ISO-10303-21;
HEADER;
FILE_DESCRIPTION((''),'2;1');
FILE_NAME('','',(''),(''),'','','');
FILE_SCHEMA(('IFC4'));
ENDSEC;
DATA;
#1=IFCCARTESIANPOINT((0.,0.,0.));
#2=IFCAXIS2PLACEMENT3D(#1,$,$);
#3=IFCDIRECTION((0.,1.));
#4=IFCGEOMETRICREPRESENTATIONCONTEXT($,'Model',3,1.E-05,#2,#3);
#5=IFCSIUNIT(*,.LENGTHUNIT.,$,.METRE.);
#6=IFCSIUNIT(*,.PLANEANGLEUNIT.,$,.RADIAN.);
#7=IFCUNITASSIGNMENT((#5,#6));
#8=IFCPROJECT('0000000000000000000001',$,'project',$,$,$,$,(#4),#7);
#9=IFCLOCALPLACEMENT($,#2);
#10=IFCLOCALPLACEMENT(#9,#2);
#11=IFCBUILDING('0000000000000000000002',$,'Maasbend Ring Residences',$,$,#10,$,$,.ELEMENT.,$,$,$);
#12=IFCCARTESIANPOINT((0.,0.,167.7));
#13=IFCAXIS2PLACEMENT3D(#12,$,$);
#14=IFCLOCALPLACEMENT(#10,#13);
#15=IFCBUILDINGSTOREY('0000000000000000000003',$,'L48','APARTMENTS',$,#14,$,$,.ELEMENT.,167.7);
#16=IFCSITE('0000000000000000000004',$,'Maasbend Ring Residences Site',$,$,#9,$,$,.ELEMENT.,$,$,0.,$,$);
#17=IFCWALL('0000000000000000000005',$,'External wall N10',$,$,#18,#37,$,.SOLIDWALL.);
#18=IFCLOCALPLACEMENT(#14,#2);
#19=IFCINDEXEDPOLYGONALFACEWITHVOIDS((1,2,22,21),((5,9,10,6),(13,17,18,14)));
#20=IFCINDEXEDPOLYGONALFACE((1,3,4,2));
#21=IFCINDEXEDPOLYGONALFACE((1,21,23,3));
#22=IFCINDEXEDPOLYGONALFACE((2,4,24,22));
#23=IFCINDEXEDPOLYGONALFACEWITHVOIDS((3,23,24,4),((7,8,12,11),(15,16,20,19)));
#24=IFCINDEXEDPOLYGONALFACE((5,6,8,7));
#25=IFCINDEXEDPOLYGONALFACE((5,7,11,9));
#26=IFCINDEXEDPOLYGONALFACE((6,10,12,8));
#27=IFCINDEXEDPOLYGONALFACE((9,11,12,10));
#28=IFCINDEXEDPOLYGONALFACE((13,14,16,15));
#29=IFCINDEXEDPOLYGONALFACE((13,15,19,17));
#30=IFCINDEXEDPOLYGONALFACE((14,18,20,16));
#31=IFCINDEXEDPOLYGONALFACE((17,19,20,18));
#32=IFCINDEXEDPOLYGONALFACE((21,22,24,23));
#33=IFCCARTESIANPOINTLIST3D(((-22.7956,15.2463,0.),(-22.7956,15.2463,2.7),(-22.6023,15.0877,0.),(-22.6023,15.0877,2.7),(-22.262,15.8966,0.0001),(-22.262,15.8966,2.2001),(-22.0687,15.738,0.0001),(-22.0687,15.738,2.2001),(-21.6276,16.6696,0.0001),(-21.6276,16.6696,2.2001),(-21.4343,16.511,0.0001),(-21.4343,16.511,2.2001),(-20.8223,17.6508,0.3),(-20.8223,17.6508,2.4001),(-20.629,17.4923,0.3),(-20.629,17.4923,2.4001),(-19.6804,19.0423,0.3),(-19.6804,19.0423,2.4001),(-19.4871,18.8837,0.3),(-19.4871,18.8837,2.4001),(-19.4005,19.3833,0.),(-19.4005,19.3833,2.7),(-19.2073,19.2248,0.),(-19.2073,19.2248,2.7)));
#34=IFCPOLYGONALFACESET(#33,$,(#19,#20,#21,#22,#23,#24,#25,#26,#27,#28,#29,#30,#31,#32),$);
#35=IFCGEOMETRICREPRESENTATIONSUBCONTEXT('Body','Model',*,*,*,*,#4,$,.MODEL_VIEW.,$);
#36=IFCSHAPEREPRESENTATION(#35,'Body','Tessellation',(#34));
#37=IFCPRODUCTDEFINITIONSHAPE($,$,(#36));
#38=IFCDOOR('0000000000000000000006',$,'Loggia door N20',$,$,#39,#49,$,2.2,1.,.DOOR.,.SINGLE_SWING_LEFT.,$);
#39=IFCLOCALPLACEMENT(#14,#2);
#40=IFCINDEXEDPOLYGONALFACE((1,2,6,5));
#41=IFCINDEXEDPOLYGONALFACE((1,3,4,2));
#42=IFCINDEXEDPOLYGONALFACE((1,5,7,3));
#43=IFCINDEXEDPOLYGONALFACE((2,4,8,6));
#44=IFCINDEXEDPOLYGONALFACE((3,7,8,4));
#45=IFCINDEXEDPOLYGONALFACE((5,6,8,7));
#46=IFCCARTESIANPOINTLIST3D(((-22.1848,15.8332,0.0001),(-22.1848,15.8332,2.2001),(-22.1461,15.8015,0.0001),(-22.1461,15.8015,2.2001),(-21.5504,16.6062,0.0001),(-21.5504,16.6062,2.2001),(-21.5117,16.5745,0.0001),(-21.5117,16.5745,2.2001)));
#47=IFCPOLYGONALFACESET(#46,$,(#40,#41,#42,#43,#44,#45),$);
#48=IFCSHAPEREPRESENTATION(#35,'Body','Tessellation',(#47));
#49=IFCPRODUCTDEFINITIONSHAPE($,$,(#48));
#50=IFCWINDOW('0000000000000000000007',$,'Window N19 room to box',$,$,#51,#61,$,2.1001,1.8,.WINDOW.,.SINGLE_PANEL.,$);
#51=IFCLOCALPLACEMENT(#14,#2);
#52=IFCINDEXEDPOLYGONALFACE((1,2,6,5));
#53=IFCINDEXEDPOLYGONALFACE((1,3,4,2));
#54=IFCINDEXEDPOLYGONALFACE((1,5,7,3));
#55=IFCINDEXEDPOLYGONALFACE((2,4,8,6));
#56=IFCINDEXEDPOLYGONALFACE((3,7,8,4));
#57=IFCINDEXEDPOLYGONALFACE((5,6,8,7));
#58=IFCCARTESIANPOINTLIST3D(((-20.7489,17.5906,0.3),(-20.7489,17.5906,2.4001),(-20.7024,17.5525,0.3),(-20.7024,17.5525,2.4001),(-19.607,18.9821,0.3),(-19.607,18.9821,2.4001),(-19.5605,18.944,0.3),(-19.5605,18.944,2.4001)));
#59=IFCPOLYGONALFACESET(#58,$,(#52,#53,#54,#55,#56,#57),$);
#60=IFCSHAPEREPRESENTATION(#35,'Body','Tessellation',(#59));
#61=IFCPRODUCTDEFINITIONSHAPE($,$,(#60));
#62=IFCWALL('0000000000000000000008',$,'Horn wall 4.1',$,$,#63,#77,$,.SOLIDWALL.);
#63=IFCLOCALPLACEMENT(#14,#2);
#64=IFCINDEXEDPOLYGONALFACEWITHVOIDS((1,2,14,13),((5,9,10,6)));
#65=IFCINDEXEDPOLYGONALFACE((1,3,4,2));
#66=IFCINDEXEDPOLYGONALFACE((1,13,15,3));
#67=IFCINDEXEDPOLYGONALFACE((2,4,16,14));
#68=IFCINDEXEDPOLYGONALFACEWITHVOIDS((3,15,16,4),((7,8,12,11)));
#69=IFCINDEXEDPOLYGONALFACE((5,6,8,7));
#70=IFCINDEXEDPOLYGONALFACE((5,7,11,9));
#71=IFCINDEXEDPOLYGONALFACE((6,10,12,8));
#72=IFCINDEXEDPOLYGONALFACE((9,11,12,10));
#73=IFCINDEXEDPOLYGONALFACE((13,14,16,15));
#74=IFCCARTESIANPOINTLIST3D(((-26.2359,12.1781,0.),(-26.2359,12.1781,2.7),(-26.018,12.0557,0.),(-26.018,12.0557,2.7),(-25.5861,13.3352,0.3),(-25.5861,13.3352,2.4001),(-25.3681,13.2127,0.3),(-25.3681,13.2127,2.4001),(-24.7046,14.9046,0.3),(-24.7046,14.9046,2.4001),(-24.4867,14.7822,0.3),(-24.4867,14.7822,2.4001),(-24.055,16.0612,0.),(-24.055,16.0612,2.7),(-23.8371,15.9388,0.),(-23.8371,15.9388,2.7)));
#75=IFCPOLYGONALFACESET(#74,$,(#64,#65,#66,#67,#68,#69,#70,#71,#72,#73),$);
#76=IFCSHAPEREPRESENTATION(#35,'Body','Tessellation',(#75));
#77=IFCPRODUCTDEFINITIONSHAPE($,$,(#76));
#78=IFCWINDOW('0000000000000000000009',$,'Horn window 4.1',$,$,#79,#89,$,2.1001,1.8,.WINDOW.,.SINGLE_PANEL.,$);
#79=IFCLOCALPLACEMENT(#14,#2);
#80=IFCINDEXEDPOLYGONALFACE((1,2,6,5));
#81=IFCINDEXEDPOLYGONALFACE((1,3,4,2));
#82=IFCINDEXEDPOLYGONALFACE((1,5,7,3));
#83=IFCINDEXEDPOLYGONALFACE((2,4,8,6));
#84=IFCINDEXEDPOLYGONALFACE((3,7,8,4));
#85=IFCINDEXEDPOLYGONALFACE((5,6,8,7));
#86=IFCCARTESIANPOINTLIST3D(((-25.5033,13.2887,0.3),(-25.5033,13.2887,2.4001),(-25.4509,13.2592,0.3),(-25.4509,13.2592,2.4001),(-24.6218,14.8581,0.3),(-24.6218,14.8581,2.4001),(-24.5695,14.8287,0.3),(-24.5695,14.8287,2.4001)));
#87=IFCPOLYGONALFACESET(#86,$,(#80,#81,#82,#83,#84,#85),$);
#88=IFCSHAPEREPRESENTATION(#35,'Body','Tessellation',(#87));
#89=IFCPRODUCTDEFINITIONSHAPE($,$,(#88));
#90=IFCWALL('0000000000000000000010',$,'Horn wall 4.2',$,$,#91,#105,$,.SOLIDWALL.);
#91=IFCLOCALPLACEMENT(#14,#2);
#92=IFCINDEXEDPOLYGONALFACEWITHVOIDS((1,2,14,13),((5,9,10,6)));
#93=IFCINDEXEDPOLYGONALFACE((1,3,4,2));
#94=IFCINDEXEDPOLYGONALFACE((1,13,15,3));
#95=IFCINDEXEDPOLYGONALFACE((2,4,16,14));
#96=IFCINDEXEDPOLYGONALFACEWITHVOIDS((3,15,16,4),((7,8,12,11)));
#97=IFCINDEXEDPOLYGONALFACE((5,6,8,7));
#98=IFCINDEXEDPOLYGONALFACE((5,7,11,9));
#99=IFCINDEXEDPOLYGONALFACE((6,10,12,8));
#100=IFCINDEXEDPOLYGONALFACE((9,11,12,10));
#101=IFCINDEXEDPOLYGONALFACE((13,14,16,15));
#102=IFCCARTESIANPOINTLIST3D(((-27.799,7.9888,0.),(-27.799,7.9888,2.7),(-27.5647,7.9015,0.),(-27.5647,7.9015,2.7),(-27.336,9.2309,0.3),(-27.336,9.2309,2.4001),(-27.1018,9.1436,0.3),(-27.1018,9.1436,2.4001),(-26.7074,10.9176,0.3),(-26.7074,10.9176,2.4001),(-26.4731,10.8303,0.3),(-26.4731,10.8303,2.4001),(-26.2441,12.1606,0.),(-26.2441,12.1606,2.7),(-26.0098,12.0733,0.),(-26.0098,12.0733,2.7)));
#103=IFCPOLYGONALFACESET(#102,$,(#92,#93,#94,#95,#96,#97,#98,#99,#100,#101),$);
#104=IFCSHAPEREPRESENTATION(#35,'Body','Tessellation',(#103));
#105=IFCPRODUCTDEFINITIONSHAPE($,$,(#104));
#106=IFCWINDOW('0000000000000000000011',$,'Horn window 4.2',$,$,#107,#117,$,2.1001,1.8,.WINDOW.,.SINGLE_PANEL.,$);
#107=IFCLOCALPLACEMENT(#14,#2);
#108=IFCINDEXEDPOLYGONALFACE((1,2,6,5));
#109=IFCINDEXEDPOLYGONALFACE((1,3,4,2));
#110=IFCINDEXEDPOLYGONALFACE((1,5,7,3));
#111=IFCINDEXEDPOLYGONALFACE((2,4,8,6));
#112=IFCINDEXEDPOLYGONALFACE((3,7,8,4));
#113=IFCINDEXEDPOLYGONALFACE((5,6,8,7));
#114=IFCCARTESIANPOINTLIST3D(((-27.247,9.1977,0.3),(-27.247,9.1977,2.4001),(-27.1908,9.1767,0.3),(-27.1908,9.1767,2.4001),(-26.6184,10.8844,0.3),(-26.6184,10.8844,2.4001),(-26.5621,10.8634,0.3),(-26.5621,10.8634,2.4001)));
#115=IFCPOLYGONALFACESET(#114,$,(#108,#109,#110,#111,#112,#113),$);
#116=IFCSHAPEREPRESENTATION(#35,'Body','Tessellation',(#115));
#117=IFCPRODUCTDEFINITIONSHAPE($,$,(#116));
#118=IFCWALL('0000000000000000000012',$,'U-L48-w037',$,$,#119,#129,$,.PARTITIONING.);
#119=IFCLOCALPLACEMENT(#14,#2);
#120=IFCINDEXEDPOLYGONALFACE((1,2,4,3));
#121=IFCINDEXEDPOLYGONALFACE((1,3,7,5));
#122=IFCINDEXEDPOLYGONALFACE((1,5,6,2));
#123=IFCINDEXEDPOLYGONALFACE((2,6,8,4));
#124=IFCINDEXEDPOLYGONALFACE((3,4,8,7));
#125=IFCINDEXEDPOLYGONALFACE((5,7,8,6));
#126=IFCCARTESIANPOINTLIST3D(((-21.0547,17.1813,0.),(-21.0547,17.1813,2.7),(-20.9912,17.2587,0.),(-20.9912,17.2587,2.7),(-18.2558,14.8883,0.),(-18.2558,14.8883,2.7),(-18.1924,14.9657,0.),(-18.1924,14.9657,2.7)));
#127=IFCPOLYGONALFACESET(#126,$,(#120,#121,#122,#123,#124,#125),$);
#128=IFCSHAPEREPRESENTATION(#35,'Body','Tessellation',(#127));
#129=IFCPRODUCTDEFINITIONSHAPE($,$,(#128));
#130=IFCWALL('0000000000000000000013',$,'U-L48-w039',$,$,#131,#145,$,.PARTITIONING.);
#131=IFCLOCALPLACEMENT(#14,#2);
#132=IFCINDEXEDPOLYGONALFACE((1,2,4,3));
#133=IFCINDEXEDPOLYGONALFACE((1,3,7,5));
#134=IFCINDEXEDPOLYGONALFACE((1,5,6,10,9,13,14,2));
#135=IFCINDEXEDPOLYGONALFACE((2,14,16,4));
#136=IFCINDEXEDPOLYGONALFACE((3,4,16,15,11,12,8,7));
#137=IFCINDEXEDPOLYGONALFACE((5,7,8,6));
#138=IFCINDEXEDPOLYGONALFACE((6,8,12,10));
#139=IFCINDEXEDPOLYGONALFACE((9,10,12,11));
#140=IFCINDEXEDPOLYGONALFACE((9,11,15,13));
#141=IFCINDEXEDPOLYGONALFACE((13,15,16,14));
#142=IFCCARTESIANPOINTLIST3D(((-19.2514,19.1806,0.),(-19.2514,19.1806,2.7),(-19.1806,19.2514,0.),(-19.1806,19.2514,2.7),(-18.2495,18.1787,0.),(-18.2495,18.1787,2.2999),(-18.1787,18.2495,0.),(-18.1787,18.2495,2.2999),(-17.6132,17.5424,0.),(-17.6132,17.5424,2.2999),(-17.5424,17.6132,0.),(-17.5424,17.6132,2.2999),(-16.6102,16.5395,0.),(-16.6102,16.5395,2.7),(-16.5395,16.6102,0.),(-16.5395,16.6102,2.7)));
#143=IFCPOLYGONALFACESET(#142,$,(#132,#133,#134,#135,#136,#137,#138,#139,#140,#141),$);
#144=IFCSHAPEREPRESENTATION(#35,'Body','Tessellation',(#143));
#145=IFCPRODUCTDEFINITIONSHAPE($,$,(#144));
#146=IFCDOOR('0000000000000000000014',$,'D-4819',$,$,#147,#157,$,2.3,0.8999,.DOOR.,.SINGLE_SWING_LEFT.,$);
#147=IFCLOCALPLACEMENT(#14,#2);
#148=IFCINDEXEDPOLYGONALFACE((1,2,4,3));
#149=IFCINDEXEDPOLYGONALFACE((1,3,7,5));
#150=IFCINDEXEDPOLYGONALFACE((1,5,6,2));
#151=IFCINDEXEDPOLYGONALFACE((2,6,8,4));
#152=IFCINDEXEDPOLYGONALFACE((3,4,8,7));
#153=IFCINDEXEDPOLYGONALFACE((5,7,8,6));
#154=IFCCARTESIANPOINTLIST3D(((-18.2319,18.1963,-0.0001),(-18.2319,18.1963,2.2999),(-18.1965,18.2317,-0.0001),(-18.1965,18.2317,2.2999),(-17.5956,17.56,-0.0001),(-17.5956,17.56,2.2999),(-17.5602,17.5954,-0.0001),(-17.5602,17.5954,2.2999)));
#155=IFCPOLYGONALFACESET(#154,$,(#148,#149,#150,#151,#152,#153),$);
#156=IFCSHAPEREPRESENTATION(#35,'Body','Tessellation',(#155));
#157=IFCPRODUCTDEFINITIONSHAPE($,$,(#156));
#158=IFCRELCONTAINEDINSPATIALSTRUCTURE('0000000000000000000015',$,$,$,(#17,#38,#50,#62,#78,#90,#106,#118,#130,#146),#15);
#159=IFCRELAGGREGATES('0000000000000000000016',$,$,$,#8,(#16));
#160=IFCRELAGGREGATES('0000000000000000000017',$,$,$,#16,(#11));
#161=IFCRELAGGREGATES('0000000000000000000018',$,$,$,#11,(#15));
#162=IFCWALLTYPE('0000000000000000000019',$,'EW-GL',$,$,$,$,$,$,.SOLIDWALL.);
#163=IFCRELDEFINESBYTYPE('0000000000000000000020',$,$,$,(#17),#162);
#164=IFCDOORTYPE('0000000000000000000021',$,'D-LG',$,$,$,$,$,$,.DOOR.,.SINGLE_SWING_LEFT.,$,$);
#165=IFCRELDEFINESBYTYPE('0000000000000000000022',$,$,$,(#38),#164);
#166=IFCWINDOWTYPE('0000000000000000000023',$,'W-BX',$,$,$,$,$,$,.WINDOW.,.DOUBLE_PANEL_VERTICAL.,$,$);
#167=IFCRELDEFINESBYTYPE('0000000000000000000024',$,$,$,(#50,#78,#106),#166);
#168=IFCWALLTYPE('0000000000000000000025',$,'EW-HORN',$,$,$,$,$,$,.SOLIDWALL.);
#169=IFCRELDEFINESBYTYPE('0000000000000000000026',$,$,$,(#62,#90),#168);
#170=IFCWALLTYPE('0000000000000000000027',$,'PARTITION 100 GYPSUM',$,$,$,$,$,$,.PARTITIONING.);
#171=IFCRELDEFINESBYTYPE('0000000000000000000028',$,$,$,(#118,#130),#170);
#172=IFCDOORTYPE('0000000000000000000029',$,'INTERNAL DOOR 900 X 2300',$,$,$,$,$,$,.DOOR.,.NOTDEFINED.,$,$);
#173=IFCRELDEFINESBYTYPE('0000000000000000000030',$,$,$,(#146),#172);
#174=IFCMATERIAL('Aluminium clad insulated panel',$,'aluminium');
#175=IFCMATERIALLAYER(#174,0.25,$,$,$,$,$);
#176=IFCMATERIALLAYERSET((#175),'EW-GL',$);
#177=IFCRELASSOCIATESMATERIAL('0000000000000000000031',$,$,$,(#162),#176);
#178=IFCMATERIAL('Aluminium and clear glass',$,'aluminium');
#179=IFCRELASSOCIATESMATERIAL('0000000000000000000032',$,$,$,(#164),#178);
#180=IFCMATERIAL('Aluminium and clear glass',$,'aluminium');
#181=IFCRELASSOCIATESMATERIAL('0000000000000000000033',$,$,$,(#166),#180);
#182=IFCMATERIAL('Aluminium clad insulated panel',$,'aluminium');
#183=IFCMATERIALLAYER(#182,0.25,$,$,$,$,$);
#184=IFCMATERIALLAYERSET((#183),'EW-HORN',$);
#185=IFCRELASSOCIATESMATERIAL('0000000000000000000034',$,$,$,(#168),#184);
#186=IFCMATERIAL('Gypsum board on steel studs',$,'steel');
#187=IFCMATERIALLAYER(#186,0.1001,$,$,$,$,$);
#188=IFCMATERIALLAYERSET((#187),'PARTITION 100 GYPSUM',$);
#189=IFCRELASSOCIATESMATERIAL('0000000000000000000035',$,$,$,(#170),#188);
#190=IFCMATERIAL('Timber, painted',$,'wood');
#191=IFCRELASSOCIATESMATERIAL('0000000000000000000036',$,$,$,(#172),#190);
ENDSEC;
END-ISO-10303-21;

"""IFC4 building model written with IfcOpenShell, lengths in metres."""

from ifc_helpers import new_model, si_unit, direction, frame, frame_2d, origin, place, context, subcontext, project, spatial, rectangle, extrude, material, layer, layer_set, type_object, element, fill, save


model = new_model("IFC4")

# Units and contexts
model_context = context("Model", 3, precision=1e-05, world=origin(), true_north=direction((0.0, 1.0)))
body_context = subcontext(model_context, "Body", "Model", "MODEL_VIEW")
ifc_project = project(units=[si_unit("LENGTHUNIT", "METRE"), si_unit("PLANEANGLEUNIT", "RADIAN")], contexts=[model_context])

# Site, building, storey
site_placement = place(None, origin())
site = spatial("IfcSite", under=ifc_project, at=site_placement, Name="Maasbend Ring Residences Site", CompositionType="ELEMENT", RefElevation=0.0)
building_placement = place(site_placement, origin())
building = spatial("IfcBuilding", under=site, at=building_placement, Name="Maasbend Ring Residences", CompositionType="ELEMENT")
storey_placement = place(building_placement, frame((0.0, 0.0, 167.7)))
storey = spatial("IfcBuildingStorey", under=building, at=storey_placement, Name="L48", Description="APARTMENTS", CompositionType="ELEMENT", Elevation=167.7)

# Wall, openings, door, window
ifc_material_1 = material(Name="Aluminium clad insulated panel", Category="aluminium")
ifc_layer_1 = layer(ifc_material_1, 0.25)
ifc_layer_set_1 = layer_set([ifc_layer_1], Name="EW-GL")
wall_type_1 = type_object("IfcWallType", Name="EW-GL", PredefinedType="SOLIDWALL", material=ifc_layer_set_1)
wall_1_placement = place(storey_placement, frame((-19.304, 19.304, 0.0), z_axis=(0.0, 0.0, 1.0), x_axis=(-0.634382, -0.773019, 0.0)))
wall_1 = element("IfcWall", 1, at=wall_1_placement, inside=storey, type_object=wall_type_1, Name="External wall N10", PredefinedType="SOLIDWALL", context=body_context, shape_type="SweptSolid", body=[
    extrude(rectangle(XDim=5.3518, YDim=0.25, at=frame_2d((2.6758, 0.0))), origin(), (0.0, 0.0, 1.0), 2.7),
])
opening_1_placement = place(wall_1_placement, frame((0.4412, 0.0, 0.3)))
opening_1 = element("IfcOpeningElement", 2, at=opening_1_placement, cuts=wall_1, PredefinedType="OPENING", context=body_context, shape_type="SweptSolid", body=[
    extrude(rectangle(XDim=1.8, YDim=2.1001, at=frame_2d((0.8999, 1.05))), frame((0.0, 0.135, 0.0), z_axis=(0.0, -1.0, 0.0), x_axis=(1.0, 0.0, 0.0)), (0.0, 0.0, 1.0), 0.27),
])
opening_2_placement = place(wall_1_placement, frame((3.5105, 0.0, 0.0)))
opening_2 = element("IfcOpeningElement", 3, at=opening_2_placement, cuts=wall_1, PredefinedType="OPENING", context=body_context, shape_type="SweptSolid", body=[
    extrude(rectangle(XDim=1.0, YDim=2.2, at=frame_2d((0.5, 1.1001))), frame((0.0, 0.135, 0.0), z_axis=(0.0, -1.0, 0.0), x_axis=(1.0, 0.0, 0.0)), (0.0, 0.0, 1.0), 0.27),
])
ifc_material_2 = material(Name="Aluminium and clear glass", Category="aluminium")
door_type_1 = type_object("IfcDoorType", Name="D-LG", OperationType="SINGLE_SWING_LEFT", PredefinedType="DOOR", material=ifc_material_2)
door_1_placement = place(opening_2_placement, origin())
door_1 = element("IfcDoor", 4, at=door_1_placement, inside=storey, type_object=door_type_1, Name="Loggia door N20", OperationType="SINGLE_SWING_LEFT", OverallHeight=2.2, OverallWidth=1.0, PredefinedType="DOOR", context=body_context, shape_type="SweptSolid", body=[
    extrude(rectangle(XDim=1.0, YDim=2.2, at=frame_2d((0.5, 1.1001))), frame((0.0, 0.0249, 0.0), z_axis=(0.0, -1.0, 0.0), x_axis=(1.0, 0.0, 0.0)), (0.0, 0.0, 1.0), 0.05),
])
fill(opening_2, door_1)
ifc_material_3 = material(Name="Aluminium and clear glass", Category="aluminium")
window_type = type_object("IfcWindowType", Name="W-BX", PartitioningType="DOUBLE_PANEL_VERTICAL", PredefinedType="WINDOW", material=ifc_material_3)
window_1_placement = place(opening_1_placement, origin())
window_1 = element("IfcWindow", 5, at=window_1_placement, inside=storey, type_object=window_type, Name="Window N19 room to box", OverallHeight=2.1001, OverallWidth=1.8, PartitioningType="SINGLE_PANEL", PredefinedType="WINDOW", context=body_context, shape_type="SweptSolid", body=[
    extrude(rectangle(XDim=1.8, YDim=2.1001, at=frame_2d((0.8999, 1.05))), frame((0.0, 0.03, 0.0), z_axis=(0.0, -1.0, 0.0), x_axis=(1.0, 0.0, 0.0)), (0.0, 0.0, 1.0), 0.0601),
])
fill(opening_1, window_1)

# Walls, openings, windows
ifc_material_4 = material(Name="Aluminium clad insulated panel", Category="aluminium")
ifc_layer_2 = layer(ifc_material_4, 0.25)
ifc_layer_set_2 = layer_set([ifc_layer_2], Name="EW-HORN")
wall_type_2 = type_object("IfcWallType", Name="EW-HORN", PredefinedType="SOLIDWALL", material=ifc_layer_set_2)
wall_2_placement = place(storey_placement, frame((-23.946, 16.0, 0.0), z_axis=(0.0, 0.0, 1.0), x_axis=(-0.489696, -0.871893, 0.0)))
wall_2 = element("IfcWall", 6, at=wall_2_placement, inside=storey, type_object=wall_type_2, Name="Horn wall 4.1", PredefinedType="SOLIDWALL", context=body_context, shape_type="SweptSolid", body=[
    extrude(rectangle(XDim=4.4536, YDim=0.25, at=frame_2d((2.2268, 0.0))), origin(), (0.0, 0.0, 1.0), 2.7),
])
opening_3_placement = place(wall_2_placement, frame((1.3267, 0.0, 0.3)))
opening_3 = element("IfcOpeningElement", 7, at=opening_3_placement, cuts=wall_2, PredefinedType="OPENING", context=body_context, shape_type="SweptSolid", body=[
    extrude(rectangle(XDim=1.8, YDim=2.1001, at=frame_2d((0.8999, 1.05))), frame((0.0, 0.135, 0.0), z_axis=(0.0, -1.0, 0.0), x_axis=(1.0, 0.0, 0.0)), (0.0, 0.0, 1.0), 0.27),
])
window_2_placement = place(opening_3_placement, origin())
window_2 = element("IfcWindow", 8, at=window_2_placement, inside=storey, type_object=window_type, Name="Horn window 4.1", OverallHeight=2.1001, OverallWidth=1.8, PartitioningType="SINGLE_PANEL", PredefinedType="WINDOW", context=body_context, shape_type="SweptSolid", body=[
    extrude(rectangle(XDim=1.8, YDim=2.1001, at=frame_2d((0.8999, 1.05))), frame((0.0, 0.03, 0.0), z_axis=(0.0, -1.0, 0.0), x_axis=(1.0, 0.0, 0.0)), (0.0, 0.0, 1.0), 0.0601),
])
fill(opening_3, window_2)
wall_3_placement = place(storey_placement, frame((-26.127, 12.1169, 0.0), z_axis=(0.0, 0.0, 1.0), x_axis=(-0.349248, -0.93703, 0.0)))
wall_3 = element("IfcWall", 9, at=wall_3_placement, inside=storey, type_object=wall_type_2, Name="Horn wall 4.2", PredefinedType="SOLIDWALL", context=body_context, shape_type="SweptSolid", body=[
    extrude(rectangle(XDim=4.4521, YDim=0.25, at=frame_2d((2.2261, 0.0))), origin(), (0.0, 0.0, 1.0), 2.7),
])
opening_4_placement = place(wall_3_placement, frame((1.3267, 0.0, 0.3)))
opening_4 = element("IfcOpeningElement", 10, at=opening_4_placement, cuts=wall_3, PredefinedType="OPENING", context=body_context, shape_type="SweptSolid", body=[
    extrude(rectangle(XDim=1.8, YDim=2.1001, at=frame_2d((0.8999, 1.05))), frame((0.0, 0.135, 0.0), z_axis=(0.0, -1.0, 0.0), x_axis=(1.0, 0.0, 0.0)), (0.0, 0.0, 1.0), 0.27),
])
window_3_placement = place(opening_4_placement, origin())
window_3 = element("IfcWindow", 11, at=window_3_placement, inside=storey, type_object=window_type, Name="Horn window 4.2", OverallHeight=2.1001, OverallWidth=1.8, PartitioningType="SINGLE_PANEL", PredefinedType="WINDOW", context=body_context, shape_type="SweptSolid", body=[
    extrude(rectangle(XDim=1.8, YDim=2.1001, at=frame_2d((0.8999, 1.05))), frame((0.0, 0.03, 0.0), z_axis=(0.0, -1.0, 0.0), x_axis=(1.0, 0.0, 0.0)), (0.0, 0.0, 1.0), 0.0601),
])
fill(opening_4, window_3)

# Wall
ifc_material_5 = material(Name="Gypsum board on steel studs", Category="steel")
ifc_layer_3 = layer(ifc_material_5, 0.1001)
ifc_layer_set_3 = layer_set([ifc_layer_3], Name="PARTITION 100 GYPSUM")
wall_type_3 = type_object("IfcWallType", Name="PARTITION 100 GYPSUM", PredefinedType="PARTITIONING", material=ifc_layer_set_3)
wall_4_placement = place(storey_placement, frame((-21.0229, 17.22, 0.0), z_axis=(0.0, 0.0, 1.0), x_axis=(0.773548, -0.633737, 0.0)))
element("IfcWall", 12, at=wall_4_placement, inside=storey, type_object=wall_type_3, Name="U-L48-w037", PredefinedType="PARTITIONING", context=body_context, shape_type="SweptSolid", body=[
    extrude(rectangle(XDim=3.6182, YDim=0.1001, at=frame_2d((1.8091, 0.0))), origin(), (0.0, 0.0, 1.0), 2.7),
])

# Wall, opening, door
wall_5_placement = place(storey_placement, frame((-19.2161, 19.2161, 0.0), z_axis=(0.0, 0.0, 1.0), x_axis=(0.707107, -0.707107, 0.0)))
wall_5 = element("IfcWall", 13, at=wall_5_placement, inside=storey, type_object=wall_type_3, Name="U-L48-w039", PredefinedType="PARTITIONING", context=body_context, shape_type="SweptSolid", body=[
    extrude(rectangle(XDim=3.7351, YDim=0.1001, at=frame_2d((1.8677, 0.0))), origin(), (0.0, 0.0, 1.0), 2.7),
])
opening_5_placement = place(wall_5_placement, frame((1.417, 0.0, 0.0)))
opening_5 = element("IfcOpeningElement", 14, at=opening_5_placement, cuts=wall_5, PredefinedType="OPENING", context=body_context, shape_type="SweptSolid", body=[
    extrude(rectangle(XDim=0.8999, YDim=2.3, at=frame_2d((0.45, 1.1499))), frame((0.0, 0.0601, 0.0), z_axis=(0.0, -1.0, 0.0), x_axis=(1.0, 0.0, 0.0)), (0.0, 0.0, 1.0), 0.1201),
])
ifc_material_6 = material(Name="Timber, painted", Category="wood")
door_type_2 = type_object("IfcDoorType", Name="INTERNAL DOOR 900 X 2300", OperationType="NOTDEFINED", PredefinedType="DOOR", material=ifc_material_6)
door_2_placement = place(opening_5_placement, origin())
door_2 = element("IfcDoor", 15, at=door_2_placement, inside=storey, type_object=door_type_2, Name="D-4819", OperationType="SINGLE_SWING_LEFT", OverallHeight=2.3, OverallWidth=0.8999, PredefinedType="DOOR", context=body_context, shape_type="SweptSolid", body=[
    extrude(rectangle(XDim=0.8999, YDim=2.3, at=frame_2d((0.45, 1.1499))), frame((0.0, 0.0249, 0.0), z_axis=(0.0, -1.0, 0.0), x_axis=(1.0, 0.0, 0.0)), (0.0, 0.0, 1.0), 0.05),
])
fill(opening_5, door_2)

save(model, "model.ifc")
